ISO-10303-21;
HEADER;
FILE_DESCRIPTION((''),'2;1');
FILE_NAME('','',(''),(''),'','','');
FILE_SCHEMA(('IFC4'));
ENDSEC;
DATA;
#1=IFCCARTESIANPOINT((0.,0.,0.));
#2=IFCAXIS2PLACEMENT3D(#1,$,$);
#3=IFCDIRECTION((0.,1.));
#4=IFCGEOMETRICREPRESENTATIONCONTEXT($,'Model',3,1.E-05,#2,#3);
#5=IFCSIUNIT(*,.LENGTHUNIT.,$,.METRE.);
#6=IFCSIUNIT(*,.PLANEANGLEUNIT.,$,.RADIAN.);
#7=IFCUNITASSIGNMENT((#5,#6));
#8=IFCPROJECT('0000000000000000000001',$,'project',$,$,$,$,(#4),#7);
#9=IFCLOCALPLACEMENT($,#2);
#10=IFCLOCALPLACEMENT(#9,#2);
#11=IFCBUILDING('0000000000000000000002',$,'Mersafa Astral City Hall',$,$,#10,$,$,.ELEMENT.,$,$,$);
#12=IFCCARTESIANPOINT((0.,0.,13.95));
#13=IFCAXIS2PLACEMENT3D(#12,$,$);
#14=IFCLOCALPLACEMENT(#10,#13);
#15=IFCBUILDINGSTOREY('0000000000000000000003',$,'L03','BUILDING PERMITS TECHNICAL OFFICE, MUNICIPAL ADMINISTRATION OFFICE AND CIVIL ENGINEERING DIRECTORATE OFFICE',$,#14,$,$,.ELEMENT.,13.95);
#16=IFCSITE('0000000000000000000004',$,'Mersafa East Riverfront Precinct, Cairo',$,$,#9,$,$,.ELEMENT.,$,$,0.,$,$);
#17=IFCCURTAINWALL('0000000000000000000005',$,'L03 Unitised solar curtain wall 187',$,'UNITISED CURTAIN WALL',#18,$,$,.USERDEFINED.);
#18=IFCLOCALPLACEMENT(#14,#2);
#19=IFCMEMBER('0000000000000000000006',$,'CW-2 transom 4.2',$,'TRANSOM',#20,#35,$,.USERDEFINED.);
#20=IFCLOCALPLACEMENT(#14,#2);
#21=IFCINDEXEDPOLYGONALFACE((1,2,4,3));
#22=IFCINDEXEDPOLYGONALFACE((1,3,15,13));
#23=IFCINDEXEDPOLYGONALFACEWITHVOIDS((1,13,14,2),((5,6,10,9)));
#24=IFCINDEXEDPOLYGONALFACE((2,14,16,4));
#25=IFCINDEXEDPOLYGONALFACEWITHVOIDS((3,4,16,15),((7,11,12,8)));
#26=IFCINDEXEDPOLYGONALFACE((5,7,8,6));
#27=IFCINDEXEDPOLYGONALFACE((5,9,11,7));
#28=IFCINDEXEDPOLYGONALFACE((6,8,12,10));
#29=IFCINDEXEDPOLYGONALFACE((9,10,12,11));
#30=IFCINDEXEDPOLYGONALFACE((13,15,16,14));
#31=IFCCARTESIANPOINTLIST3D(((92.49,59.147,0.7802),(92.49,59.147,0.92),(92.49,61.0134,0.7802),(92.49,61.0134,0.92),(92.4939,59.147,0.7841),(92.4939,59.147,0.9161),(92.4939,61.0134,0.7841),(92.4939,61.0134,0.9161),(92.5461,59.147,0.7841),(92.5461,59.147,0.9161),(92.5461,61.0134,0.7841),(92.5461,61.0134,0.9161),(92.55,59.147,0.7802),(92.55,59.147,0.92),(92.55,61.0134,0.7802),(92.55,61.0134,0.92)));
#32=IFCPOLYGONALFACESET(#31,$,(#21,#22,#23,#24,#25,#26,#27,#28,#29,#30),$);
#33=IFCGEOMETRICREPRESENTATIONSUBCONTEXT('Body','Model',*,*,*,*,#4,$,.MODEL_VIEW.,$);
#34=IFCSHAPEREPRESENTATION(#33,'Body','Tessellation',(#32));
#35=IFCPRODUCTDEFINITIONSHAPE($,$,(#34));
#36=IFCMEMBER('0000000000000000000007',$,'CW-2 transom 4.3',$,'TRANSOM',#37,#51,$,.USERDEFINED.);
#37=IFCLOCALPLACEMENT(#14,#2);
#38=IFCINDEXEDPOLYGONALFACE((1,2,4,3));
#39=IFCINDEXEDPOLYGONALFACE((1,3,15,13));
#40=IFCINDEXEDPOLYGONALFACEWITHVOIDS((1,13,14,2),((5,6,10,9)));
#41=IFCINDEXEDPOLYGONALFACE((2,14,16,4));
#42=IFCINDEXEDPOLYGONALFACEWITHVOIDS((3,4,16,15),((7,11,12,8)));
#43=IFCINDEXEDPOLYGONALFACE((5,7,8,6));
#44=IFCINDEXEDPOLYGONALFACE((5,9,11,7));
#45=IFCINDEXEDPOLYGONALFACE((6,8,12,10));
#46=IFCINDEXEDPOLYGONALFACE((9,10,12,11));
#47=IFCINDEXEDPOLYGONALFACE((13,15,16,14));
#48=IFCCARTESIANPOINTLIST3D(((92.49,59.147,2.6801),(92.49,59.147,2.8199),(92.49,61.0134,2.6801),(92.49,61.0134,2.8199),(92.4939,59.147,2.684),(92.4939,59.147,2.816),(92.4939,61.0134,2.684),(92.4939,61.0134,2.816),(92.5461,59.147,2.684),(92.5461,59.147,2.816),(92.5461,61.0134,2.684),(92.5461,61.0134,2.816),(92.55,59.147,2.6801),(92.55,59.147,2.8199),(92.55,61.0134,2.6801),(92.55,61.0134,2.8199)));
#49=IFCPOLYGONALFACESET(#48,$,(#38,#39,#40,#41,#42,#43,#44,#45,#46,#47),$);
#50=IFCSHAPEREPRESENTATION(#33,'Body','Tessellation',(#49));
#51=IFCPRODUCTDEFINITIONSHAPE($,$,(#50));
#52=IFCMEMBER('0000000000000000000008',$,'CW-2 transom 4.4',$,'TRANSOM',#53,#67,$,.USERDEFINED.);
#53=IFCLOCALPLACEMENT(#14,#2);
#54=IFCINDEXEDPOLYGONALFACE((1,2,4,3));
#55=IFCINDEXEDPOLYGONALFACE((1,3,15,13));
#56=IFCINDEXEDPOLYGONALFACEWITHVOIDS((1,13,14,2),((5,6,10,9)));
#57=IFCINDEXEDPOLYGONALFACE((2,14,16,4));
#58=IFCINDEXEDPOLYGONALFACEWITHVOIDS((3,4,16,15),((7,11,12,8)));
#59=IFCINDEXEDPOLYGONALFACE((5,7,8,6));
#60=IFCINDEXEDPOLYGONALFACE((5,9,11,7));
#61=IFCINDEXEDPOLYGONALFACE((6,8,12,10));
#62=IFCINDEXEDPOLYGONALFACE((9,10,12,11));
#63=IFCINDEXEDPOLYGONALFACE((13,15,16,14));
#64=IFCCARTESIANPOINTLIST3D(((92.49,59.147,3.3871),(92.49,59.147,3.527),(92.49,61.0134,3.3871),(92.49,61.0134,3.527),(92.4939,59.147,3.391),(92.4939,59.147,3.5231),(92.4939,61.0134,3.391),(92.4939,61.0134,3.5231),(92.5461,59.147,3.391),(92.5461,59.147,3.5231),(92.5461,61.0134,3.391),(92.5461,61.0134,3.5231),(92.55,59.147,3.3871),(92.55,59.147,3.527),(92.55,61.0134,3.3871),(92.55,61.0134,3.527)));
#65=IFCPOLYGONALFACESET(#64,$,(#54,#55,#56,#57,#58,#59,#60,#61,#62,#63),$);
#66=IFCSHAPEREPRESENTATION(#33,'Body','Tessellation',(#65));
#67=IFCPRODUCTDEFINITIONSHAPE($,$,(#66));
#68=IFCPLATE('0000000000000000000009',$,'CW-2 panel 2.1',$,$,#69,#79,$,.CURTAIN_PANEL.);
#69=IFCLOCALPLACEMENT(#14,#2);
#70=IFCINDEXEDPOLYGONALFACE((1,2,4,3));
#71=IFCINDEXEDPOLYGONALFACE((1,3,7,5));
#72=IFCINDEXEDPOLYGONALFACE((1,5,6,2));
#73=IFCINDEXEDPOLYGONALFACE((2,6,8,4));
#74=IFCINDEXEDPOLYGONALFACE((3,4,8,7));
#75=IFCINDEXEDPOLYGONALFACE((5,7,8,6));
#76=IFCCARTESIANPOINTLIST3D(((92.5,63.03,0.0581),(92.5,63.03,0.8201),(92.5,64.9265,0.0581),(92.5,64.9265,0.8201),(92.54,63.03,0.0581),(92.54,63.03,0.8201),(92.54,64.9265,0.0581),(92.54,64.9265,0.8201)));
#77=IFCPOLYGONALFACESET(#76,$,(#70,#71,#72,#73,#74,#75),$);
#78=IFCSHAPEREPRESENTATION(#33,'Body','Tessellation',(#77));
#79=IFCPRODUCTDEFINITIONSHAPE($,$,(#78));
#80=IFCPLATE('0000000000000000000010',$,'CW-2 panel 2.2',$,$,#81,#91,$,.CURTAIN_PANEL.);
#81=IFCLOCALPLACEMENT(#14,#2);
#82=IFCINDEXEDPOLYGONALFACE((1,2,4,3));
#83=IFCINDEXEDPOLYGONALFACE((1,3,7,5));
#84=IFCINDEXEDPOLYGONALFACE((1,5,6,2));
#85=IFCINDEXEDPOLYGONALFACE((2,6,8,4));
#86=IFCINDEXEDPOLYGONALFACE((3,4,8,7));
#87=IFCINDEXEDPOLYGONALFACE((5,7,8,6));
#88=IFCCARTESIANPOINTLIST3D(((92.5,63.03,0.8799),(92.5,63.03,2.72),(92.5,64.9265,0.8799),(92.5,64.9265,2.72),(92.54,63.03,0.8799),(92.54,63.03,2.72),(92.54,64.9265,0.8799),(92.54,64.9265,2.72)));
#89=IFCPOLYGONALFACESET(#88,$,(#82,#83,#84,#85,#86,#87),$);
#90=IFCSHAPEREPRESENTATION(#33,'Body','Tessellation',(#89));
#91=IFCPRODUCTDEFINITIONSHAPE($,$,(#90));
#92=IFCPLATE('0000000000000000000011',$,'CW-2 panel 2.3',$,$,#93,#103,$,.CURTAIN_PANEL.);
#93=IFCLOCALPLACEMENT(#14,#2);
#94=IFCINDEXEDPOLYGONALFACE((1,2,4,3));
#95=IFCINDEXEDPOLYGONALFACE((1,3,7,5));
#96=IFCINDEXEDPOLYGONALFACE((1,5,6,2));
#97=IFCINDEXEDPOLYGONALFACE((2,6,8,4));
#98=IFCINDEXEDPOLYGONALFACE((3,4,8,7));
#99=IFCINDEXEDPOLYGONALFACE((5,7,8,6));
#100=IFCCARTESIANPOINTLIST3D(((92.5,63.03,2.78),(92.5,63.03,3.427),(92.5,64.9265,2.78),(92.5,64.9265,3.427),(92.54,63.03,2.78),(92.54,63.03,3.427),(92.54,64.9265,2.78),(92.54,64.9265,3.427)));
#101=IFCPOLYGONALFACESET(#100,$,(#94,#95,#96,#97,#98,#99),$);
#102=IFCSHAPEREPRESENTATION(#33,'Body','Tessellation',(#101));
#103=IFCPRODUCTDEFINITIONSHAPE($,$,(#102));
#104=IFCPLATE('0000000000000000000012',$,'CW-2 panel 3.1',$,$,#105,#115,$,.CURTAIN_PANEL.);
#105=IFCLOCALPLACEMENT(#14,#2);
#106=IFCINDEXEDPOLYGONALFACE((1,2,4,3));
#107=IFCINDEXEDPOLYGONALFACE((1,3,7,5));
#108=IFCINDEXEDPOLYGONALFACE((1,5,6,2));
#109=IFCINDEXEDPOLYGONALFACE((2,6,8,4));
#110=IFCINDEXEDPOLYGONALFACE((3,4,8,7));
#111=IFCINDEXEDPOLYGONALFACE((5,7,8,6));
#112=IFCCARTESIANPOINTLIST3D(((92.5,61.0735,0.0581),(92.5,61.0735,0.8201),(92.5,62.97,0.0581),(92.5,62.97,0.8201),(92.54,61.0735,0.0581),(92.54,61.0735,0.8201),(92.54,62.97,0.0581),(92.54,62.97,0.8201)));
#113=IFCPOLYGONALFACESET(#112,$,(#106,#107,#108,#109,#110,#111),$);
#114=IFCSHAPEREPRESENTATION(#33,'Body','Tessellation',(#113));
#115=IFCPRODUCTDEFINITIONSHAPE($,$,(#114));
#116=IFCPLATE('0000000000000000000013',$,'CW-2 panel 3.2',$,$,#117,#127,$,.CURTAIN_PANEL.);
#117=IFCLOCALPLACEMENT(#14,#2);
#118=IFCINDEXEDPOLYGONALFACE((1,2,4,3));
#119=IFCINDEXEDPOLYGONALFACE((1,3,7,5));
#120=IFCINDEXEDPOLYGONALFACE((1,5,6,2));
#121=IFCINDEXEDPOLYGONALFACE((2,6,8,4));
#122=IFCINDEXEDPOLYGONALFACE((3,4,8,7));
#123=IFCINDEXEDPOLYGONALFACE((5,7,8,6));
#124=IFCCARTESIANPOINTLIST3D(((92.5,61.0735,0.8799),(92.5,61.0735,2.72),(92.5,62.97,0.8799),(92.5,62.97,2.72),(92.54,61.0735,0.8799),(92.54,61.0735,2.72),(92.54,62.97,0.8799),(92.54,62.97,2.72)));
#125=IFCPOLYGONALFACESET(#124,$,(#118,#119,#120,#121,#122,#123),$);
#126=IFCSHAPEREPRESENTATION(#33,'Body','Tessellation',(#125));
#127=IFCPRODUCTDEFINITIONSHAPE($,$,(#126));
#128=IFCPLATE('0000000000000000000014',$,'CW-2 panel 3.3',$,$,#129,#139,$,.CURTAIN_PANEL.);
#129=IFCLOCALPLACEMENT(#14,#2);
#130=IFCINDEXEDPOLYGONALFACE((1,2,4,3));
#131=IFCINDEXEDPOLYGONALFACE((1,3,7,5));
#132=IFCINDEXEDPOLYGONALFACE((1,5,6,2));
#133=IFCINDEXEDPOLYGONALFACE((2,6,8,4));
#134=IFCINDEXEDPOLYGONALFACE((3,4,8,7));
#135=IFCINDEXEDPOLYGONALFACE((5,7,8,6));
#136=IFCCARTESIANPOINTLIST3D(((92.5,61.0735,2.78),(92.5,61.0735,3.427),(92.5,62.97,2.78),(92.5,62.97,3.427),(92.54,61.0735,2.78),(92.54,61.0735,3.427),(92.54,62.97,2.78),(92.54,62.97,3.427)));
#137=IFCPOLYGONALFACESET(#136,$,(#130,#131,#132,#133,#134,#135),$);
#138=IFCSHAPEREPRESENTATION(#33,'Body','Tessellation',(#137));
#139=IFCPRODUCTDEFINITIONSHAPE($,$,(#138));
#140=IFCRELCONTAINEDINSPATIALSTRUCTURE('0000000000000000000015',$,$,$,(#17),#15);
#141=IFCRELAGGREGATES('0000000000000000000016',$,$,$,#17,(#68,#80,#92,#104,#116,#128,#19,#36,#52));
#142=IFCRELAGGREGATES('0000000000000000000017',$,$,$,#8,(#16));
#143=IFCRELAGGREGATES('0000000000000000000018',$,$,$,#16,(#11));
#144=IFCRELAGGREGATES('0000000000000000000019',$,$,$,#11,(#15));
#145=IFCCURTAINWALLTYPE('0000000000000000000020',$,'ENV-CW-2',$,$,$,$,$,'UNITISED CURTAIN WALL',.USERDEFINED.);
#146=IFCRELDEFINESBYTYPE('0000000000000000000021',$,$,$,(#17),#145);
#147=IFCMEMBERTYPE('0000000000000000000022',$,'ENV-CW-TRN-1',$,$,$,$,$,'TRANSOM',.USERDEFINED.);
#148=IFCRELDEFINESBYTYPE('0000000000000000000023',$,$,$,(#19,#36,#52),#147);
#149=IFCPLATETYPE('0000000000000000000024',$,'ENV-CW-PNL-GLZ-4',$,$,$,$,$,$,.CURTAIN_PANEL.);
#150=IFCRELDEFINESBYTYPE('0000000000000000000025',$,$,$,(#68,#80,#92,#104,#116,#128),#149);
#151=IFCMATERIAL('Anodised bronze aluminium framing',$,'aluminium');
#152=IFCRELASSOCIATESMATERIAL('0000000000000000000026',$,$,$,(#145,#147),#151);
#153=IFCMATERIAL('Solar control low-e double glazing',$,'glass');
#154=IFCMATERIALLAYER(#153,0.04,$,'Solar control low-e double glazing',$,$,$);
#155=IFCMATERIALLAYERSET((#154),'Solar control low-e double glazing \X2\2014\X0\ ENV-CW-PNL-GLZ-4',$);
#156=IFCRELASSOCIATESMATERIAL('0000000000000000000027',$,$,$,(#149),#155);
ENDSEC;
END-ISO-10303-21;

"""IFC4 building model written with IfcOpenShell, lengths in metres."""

from ifc_helpers import new_model, si_unit, direction, frame, origin, origin_2d, place, context, subcontext, project, spatial, rectangle, hollow_rectangle, extrude, material, layer, layer_set, material_profile, profile_set, type_object, element, aggregate, save


model = new_model("IFC4")

# Units and contexts
model_context = context("Model", 3, precision=1e-05, world=origin(), true_north=direction((0.0, 1.0)))
body_context = subcontext(model_context, "Body", "Model", "MODEL_VIEW")
ifc_project = project(units=[si_unit("LENGTHUNIT", "METRE"), si_unit("PLANEANGLEUNIT", "RADIAN")], contexts=[model_context])

# Site, building, storey
site_placement = place(None, origin())
site = spatial("IfcSite", under=ifc_project, at=site_placement, Name="Mersafa East Riverfront Precinct, Cairo", CompositionType="ELEMENT", RefElevation=0.0)
building_placement = place(site_placement, origin())
building = spatial("IfcBuilding", under=site, at=building_placement, Name="Mersafa Astral City Hall", CompositionType="ELEMENT")
storey_placement = place(building_placement, frame((0.0, 0.0, 13.95)))
storey = spatial("IfcBuildingStorey", under=building, at=storey_placement, Name="L03", Description="BUILDING PERMITS TECHNICAL OFFICE, MUNICIPAL ADMINISTRATION OFFICE AND CIVIL ENGINEERING DIRECTORATE OFFICE", CompositionType="ELEMENT", Elevation=13.95)

# Curtain wall, members, plates
ifc_material_1 = material(Name="Anodised bronze aluminium framing", Category="aluminium")
curtain_wall_type = type_object("IfcCurtainWallType", Name="ENV-CW-2", ElementType="UNITISED CURTAIN WALL", PredefinedType="USERDEFINED", material=ifc_material_1)
curtain_wall_placement = place(storey_placement, origin())
curtain_wall = element("IfcCurtainWall", 1, at=curtain_wall_placement, inside=storey, type_object=curtain_wall_type, Name="L03 Unitised solar curtain wall 187", ObjectType="UNITISED CURTAIN WALL", PredefinedType="USERDEFINED")
ifc_material_profile_1 = material_profile(ifc_material_1, hollow_rectangle(XDim=0.0601, YDim=0.1399, WallThickness=0.0039, at=origin_2d()), Name="RHS 60x140x4")
ifc_profile_set_1 = profile_set([ifc_material_profile_1], Name="Anodised bronze aluminium framing")
member_type_1 = type_object("IfcMemberType", Name="ENV-CW-TRN-1", ElementType="TRANSOM", PredefinedType="USERDEFINED", material=ifc_profile_set_1)
member_1_placement = place(storey_placement, frame((92.52, 61.0134, 0.8501), z_axis=(0.0, -1.0, 0.0), x_axis=(1.0, 0.0, 0.0)))
member_1 = element("IfcMember", 2, at=member_1_placement, type_object=member_type_1, Name="CW-2 transom 4.2", ObjectType="TRANSOM", PredefinedType="USERDEFINED", context=body_context, shape_type="SweptSolid", body=[
    extrude(hollow_rectangle(XDim=0.0601, YDim=0.1399, WallThickness=0.0039, at=origin_2d()), origin(), (0.0, 0.0, 1.0), 1.8665),
])
member_2_placement = place(storey_placement, frame((92.52, 61.0134, 2.75), z_axis=(0.0, -1.0, 0.0), x_axis=(1.0, 0.0, 0.0)))
member_2 = element("IfcMember", 3, at=member_2_placement, type_object=member_type_1, Name="CW-2 transom 4.3", ObjectType="TRANSOM", PredefinedType="USERDEFINED", context=body_context, shape_type="SweptSolid", body=[
    extrude(hollow_rectangle(XDim=0.0601, YDim=0.1399, WallThickness=0.0039, at=origin_2d()), origin(), (0.0, 0.0, 1.0), 1.8665),
])
member_3_placement = place(storey_placement, frame((92.52, 61.0134, 3.457), z_axis=(0.0, -1.0, 0.0), x_axis=(1.0, 0.0, 0.0)))
member_3 = element("IfcMember", 4, at=member_3_placement, type_object=member_type_1, Name="CW-2 transom 4.4", ObjectType="TRANSOM", PredefinedType="USERDEFINED", context=body_context, shape_type="SweptSolid", body=[
    extrude(hollow_rectangle(XDim=0.0601, YDim=0.1399, WallThickness=0.0039, at=origin_2d()), origin(), (0.0, 0.0, 1.0), 1.8665),
])
ifc_material_2 = material(Name="Solar control low-e double glazing", Category="glass")
ifc_layer = layer(ifc_material_2, 0.04, Name="Solar control low-e double glazing")
ifc_layer_set = layer_set([ifc_layer], Name="Solar control low-e double glazing — ENV-CW-PNL-GLZ-4")
plate_type = type_object("IfcPlateType", Name="ENV-CW-PNL-GLZ-4", PredefinedType="CURTAIN_PANEL", material=ifc_layer_set)
plate_1_placement = place(storey_placement, frame((92.52, 63.9783, 0.0581), z_axis=(0.0, 0.0, 1.0), x_axis=(0.0, -1.0, 0.0)))
plate_1 = element("IfcPlate", 5, at=plate_1_placement, type_object=plate_type, Name="CW-2 panel 2.1", PredefinedType="CURTAIN_PANEL", context=body_context, shape_type="SweptSolid", body=[
    extrude(rectangle(XDim=1.8965, YDim=0.04, at=origin_2d()), origin(), (0.0, 0.0, 1.0), 0.762),
])
plate_2_placement = place(storey_placement, frame((92.52, 63.9783, 0.8799), z_axis=(0.0, 0.0, 1.0), x_axis=(0.0, -1.0, 0.0)))
plate_2 = element("IfcPlate", 6, at=plate_2_placement, type_object=plate_type, Name="CW-2 panel 2.2", PredefinedType="CURTAIN_PANEL", context=body_context, shape_type="SweptSolid", body=[
    extrude(rectangle(XDim=1.8965, YDim=0.04, at=origin_2d()), origin(), (0.0, 0.0, 1.0), 1.8401),
])
plate_3_placement = place(storey_placement, frame((92.52, 63.9783, 2.78), z_axis=(0.0, 0.0, 1.0), x_axis=(0.0, -1.0, 0.0)))
plate_3 = element("IfcPlate", 7, at=plate_3_placement, type_object=plate_type, Name="CW-2 panel 2.3", PredefinedType="CURTAIN_PANEL", context=body_context, shape_type="SweptSolid", body=[
    extrude(rectangle(XDim=1.8965, YDim=0.04, at=origin_2d()), origin(), (0.0, 0.0, 1.0), 0.647),
])
plate_4_placement = place(storey_placement, frame((92.52, 62.0217, 0.0581), z_axis=(0.0, 0.0, 1.0), x_axis=(0.0, -1.0, 0.0)))
plate_4 = element("IfcPlate", 8, at=plate_4_placement, type_object=plate_type, Name="CW-2 panel 3.1", PredefinedType="CURTAIN_PANEL", context=body_context, shape_type="SweptSolid", body=[
    extrude(rectangle(XDim=1.8965, YDim=0.04, at=origin_2d()), origin(), (0.0, 0.0, 1.0), 0.762),
])
plate_5_placement = place(storey_placement, frame((92.52, 62.0217, 0.8799), z_axis=(0.0, 0.0, 1.0), x_axis=(0.0, -1.0, 0.0)))
plate_5 = element("IfcPlate", 9, at=plate_5_placement, type_object=plate_type, Name="CW-2 panel 3.2", PredefinedType="CURTAIN_PANEL", context=body_context, shape_type="SweptSolid", body=[
    extrude(rectangle(XDim=1.8965, YDim=0.04, at=origin_2d()), origin(), (0.0, 0.0, 1.0), 1.8401),
])
plate_6_placement = place(storey_placement, frame((92.52, 62.0217, 2.78), z_axis=(0.0, 0.0, 1.0), x_axis=(0.0, -1.0, 0.0)))
plate_6 = element("IfcPlate", 10, at=plate_6_placement, type_object=plate_type, Name="CW-2 panel 3.3", PredefinedType="CURTAIN_PANEL", context=body_context, shape_type="SweptSolid", body=[
    extrude(rectangle(XDim=1.8965, YDim=0.04, at=origin_2d()), origin(), (0.0, 0.0, 1.0), 0.647),
])
aggregate(curtain_wall, [plate_1, plate_2, plate_3, plate_4, plate_5, plate_6, member_1, member_2, member_3])

save(model, "model.ifc")
